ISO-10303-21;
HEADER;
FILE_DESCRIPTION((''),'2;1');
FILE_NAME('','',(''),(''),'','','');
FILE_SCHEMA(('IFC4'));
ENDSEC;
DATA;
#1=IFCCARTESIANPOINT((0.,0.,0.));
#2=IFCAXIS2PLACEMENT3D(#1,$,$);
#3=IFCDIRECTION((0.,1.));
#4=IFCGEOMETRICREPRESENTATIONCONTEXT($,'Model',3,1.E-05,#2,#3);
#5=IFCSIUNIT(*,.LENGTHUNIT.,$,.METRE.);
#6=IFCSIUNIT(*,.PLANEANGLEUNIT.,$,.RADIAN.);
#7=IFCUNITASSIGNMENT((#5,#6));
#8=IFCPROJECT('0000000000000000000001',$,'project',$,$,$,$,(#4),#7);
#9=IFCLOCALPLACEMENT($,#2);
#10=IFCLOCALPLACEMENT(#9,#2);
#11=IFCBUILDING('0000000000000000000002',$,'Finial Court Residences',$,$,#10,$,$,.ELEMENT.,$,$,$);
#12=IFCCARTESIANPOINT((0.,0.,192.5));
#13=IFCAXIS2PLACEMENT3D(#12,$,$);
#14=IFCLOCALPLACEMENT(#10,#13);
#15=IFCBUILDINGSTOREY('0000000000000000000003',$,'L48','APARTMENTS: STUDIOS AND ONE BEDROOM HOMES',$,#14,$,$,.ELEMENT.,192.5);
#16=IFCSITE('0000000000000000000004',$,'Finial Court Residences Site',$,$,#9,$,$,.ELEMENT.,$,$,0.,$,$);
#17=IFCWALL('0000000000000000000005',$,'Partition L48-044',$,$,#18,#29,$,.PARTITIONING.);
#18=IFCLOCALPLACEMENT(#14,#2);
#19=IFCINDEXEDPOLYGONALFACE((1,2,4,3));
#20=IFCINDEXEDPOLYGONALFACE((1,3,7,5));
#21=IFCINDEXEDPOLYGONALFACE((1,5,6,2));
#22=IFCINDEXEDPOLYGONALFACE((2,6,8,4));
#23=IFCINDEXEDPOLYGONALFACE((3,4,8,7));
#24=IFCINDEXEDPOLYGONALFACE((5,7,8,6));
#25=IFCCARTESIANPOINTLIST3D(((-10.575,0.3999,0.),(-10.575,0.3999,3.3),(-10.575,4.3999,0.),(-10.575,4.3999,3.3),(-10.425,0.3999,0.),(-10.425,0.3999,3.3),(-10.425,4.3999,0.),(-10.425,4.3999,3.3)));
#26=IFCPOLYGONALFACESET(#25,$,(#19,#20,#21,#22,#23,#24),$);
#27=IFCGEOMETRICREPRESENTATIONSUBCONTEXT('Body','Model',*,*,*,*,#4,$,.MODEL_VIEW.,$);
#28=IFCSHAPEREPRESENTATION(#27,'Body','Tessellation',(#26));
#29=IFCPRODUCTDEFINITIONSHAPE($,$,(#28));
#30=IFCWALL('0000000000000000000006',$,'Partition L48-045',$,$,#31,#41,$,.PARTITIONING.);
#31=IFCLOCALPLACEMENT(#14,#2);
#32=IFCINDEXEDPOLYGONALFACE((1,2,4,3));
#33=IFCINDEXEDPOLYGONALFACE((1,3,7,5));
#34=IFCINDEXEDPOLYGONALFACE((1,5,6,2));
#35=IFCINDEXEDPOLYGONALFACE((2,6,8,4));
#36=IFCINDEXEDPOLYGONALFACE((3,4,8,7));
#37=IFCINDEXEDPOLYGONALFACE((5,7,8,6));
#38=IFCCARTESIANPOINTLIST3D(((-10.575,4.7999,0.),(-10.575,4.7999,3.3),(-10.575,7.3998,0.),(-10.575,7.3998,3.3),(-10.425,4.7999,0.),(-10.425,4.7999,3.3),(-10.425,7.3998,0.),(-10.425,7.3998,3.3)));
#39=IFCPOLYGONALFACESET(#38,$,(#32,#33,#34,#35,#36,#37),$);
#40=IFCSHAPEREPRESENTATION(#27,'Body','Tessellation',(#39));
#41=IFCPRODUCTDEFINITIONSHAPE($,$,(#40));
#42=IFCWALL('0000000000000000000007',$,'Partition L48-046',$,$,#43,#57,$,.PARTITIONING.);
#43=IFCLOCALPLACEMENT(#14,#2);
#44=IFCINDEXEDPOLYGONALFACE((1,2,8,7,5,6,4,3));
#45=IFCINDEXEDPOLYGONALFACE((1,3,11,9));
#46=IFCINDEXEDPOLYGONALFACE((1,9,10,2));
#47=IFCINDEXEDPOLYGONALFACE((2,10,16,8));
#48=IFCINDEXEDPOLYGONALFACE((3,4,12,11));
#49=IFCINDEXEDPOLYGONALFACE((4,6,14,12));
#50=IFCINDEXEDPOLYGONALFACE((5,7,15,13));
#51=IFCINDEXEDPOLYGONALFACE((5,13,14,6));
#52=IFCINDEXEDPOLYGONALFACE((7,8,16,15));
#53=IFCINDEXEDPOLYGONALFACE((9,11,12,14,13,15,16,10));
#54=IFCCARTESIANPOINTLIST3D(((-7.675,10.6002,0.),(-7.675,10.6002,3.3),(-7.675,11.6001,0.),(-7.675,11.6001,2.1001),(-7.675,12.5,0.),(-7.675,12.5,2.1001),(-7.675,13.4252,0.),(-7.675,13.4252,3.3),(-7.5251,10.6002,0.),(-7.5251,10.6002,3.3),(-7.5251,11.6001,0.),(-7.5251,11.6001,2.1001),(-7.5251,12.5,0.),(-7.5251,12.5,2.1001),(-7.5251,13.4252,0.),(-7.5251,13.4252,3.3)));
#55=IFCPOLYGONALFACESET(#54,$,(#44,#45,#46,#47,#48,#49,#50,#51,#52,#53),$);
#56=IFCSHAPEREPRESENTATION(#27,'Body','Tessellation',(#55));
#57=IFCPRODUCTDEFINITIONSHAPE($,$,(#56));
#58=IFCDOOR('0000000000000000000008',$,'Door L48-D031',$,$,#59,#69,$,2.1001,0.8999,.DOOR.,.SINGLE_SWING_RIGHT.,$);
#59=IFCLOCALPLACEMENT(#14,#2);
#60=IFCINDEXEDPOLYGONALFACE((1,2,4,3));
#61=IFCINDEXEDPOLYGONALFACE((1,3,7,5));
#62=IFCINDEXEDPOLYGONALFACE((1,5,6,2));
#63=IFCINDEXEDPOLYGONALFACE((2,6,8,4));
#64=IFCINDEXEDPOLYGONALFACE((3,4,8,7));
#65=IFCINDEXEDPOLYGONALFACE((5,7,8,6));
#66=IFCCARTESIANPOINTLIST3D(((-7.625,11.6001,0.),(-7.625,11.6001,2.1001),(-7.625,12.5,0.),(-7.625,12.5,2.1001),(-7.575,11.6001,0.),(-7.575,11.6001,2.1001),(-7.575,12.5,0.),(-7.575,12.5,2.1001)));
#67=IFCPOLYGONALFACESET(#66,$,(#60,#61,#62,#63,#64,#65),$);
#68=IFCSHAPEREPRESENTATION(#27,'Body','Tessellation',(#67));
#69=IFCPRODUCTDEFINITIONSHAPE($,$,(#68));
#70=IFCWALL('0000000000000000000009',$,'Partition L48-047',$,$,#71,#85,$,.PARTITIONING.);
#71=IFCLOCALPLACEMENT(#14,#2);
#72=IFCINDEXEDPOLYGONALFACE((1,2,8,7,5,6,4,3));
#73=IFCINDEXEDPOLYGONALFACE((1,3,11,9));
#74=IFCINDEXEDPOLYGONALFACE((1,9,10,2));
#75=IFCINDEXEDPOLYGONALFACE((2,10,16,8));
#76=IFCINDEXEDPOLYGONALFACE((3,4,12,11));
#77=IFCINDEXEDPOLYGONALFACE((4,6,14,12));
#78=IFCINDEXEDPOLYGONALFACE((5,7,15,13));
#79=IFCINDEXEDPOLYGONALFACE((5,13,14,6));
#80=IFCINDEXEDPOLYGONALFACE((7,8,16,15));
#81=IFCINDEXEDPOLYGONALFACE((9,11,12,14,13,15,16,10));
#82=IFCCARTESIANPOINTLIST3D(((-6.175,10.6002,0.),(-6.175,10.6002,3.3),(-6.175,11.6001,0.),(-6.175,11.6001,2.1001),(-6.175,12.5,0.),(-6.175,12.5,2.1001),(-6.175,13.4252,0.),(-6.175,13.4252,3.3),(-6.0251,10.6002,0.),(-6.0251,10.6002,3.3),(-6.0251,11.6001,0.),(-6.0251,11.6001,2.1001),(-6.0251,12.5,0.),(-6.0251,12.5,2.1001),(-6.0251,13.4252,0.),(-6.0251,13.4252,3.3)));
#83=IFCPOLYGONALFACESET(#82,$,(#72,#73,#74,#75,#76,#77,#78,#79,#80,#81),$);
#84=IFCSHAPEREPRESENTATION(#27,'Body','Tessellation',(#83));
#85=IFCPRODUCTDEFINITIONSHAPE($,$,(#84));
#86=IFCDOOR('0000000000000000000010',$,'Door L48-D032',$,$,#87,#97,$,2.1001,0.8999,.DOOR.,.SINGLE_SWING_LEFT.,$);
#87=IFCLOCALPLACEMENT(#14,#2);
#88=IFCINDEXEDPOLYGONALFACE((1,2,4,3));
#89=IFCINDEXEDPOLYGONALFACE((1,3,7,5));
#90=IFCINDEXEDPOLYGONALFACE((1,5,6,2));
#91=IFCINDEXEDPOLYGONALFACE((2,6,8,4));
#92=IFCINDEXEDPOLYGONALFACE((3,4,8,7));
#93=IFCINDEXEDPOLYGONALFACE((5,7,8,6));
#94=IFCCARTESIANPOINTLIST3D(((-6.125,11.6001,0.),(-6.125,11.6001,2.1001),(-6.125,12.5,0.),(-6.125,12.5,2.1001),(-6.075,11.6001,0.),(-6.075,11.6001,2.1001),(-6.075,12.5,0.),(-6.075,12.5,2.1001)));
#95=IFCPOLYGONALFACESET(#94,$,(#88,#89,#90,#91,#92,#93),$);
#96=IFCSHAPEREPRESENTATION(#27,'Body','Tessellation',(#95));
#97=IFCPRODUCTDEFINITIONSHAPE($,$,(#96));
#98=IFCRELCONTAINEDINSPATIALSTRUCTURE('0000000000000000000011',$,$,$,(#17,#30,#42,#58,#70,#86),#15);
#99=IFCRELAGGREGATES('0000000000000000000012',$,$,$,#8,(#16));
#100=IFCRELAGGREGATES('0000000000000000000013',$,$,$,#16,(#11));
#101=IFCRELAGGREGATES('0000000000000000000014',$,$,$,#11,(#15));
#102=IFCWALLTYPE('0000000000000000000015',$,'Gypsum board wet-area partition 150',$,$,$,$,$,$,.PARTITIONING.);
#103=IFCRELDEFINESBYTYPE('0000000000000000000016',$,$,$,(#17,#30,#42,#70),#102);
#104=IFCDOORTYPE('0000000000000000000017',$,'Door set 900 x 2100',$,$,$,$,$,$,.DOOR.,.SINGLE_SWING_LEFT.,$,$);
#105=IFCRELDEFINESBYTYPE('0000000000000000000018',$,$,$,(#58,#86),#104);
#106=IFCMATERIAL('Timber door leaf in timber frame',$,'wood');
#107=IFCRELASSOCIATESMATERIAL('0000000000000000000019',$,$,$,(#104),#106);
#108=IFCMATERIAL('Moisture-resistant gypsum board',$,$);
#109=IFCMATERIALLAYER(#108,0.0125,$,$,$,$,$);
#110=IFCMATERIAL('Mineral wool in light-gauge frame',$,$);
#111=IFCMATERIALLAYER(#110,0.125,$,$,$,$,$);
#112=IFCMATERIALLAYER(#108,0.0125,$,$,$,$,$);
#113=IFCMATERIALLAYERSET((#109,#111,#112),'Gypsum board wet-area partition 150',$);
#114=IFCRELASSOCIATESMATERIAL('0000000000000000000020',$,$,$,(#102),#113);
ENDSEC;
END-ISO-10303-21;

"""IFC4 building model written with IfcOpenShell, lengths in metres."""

from ifc_helpers import new_model, si_unit, direction, frame, frame_2d, origin, place, context, subcontext, project, spatial, rectangle, extrude, material, layer, layer_set, type_object, element, fill, save


model = new_model("IFC4")

# Units and contexts
model_context = context("Model", 3, precision=1e-05, world=origin(), true_north=direction((0.0, 1.0)))
body_context = subcontext(model_context, "Body", "Model", "MODEL_VIEW")
ifc_project = project(units=[si_unit("LENGTHUNIT", "METRE"), si_unit("PLANEANGLEUNIT", "RADIAN")], contexts=[model_context])

# Site, building, storey
site_placement = place(None, origin())
site = spatial("IfcSite", under=ifc_project, at=site_placement, Name="Finial Court Residences Site", CompositionType="ELEMENT", RefElevation=0.0)
building_placement = place(site_placement, origin())
building = spatial("IfcBuilding", under=site, at=building_placement, Name="Finial Court Residences", CompositionType="ELEMENT")
storey_placement = place(building_placement, frame((0.0, 0.0, 192.5)))
storey = spatial("IfcBuildingStorey", under=building, at=storey_placement, Name="L48", Description="APARTMENTS: STUDIOS AND ONE BEDROOM HOMES", CompositionType="ELEMENT", Elevation=192.5)

# Shared definitions
ifc_material_1 = material(Name="Mineral wool in light-gauge frame")
ifc_material_2 = material(Name="Timber door leaf in timber frame", Category="wood")
door_type = type_object("IfcDoorType", Name="Door set 900 x 2100", OperationType="SINGLE_SWING_LEFT", PredefinedType="DOOR", material=ifc_material_2)
ifc_material_3 = material(Name="Moisture-resistant gypsum board")
ifc_layer_1 = layer(ifc_material_3, 0.0125)
ifc_layer_2 = layer(ifc_material_1, 0.125)
ifc_layer_3 = layer(ifc_material_3, 0.0125)
ifc_layer_set_1 = layer_set([ifc_layer_1, ifc_layer_2, ifc_layer_3], Name="Gypsum board wet-area partition 150")
wall_type_1 = type_object("IfcWallType", Name="Gypsum board wet-area partition 150", PredefinedType="PARTITIONING", material=ifc_layer_set_1)

# Walls
wall_1_placement = place(storey_placement, frame((-10.5, 0.3999, 0.0), z_axis=(0.0, 0.0, 1.0), x_axis=(0.0, 1.0, 0.0)))
element("IfcWall", 1, at=wall_1_placement, inside=storey, type_object=wall_type_1, Name="Partition L48-044", PredefinedType="PARTITIONING", context=body_context, shape_type="SweptSolid", body=[
    extrude(rectangle(XDim=4.0, YDim=0.1499, at=frame_2d((2.0, 0.0))), origin(), (0.0, 0.0, 1.0), 3.3),
])
wall_2_placement = place(storey_placement, frame((-10.5, 4.8, 0.0), z_axis=(0.0, 0.0, 1.0), x_axis=(0.0, 1.0, 0.0)))
element("IfcWall", 2, at=wall_2_placement, inside=storey, type_object=wall_type_1, Name="Partition L48-045", PredefinedType="PARTITIONING", context=body_context, shape_type="SweptSolid", body=[
    extrude(rectangle(XDim=2.5999, YDim=0.1499, at=frame_2d((1.2998, 0.0))), origin(), (0.0, 0.0, 1.0), 3.3),
])

# Walls, openings, doors
wall_3_placement = place(storey_placement, frame((-7.6001, 10.6001, 0.0), z_axis=(0.0, 0.0, 1.0), x_axis=(0.0, 1.0, 0.0)))
wall_3 = element("IfcWall", 3, at=wall_3_placement, inside=storey, type_object=wall_type_1, Name="Partition L48-046", PredefinedType="PARTITIONING", context=body_context, shape_type="SweptSolid", body=[
    extrude(rectangle(XDim=2.825, YDim=0.1499, at=frame_2d((1.4126, 0.0))), origin(), (0.0, 0.0, 1.0), 3.3),
])
opening_1_placement = place(wall_3_placement, frame((1.0, 0.0, 0.0)))
opening_1 = element("IfcOpeningElement", 4, at=opening_1_placement, cuts=wall_3, PredefinedType="OPENING", context=body_context, shape_type="SweptSolid", body=[
    extrude(rectangle(XDim=0.8999, YDim=2.1001, at=frame_2d((0.45, 1.05))), frame((0.0, 0.085, 0.0), z_axis=(0.0, -1.0, 0.0), x_axis=(1.0, 0.0, 0.0)), (0.0, 0.0, 1.0), 0.1699),
])
door_1_placement = place(opening_1_placement, origin())
door_1 = element("IfcDoor", 5, at=door_1_placement, inside=storey, type_object=door_type, Name="Door L48-D031", OperationType="SINGLE_SWING_RIGHT", OverallHeight=2.1001, OverallWidth=0.8999, PredefinedType="DOOR", context=body_context, shape_type="SweptSolid", body=[
    extrude(rectangle(XDim=0.8999, YDim=2.1001, at=frame_2d((0.45, 1.05))), frame((0.0, 0.0249, 0.0), z_axis=(0.0, -1.0, 0.0), x_axis=(1.0, 0.0, 0.0)), (0.0, 0.0, 1.0), 0.05),
])
fill(opening_1, door_1)
wall_4_placement = place(storey_placement, frame((-6.1001, 10.6001, 0.0), z_axis=(0.0, 0.0, 1.0), x_axis=(0.0, 1.0, 0.0)))
wall_4 = element("IfcWall", 6, at=wall_4_placement, inside=storey, type_object=wall_type_1, Name="Partition L48-047", PredefinedType="PARTITIONING", context=body_context, shape_type="SweptSolid", body=[
    extrude(rectangle(XDim=2.825, YDim=0.1499, at=frame_2d((1.4126, 0.0))), origin(), (0.0, 0.0, 1.0), 3.3),
])
opening_2_placement = place(wall_4_placement, frame((1.0, 0.0, 0.0)))
opening_2 = element("IfcOpeningElement", 7, at=opening_2_placement, cuts=wall_4, PredefinedType="OPENING", context=body_context, shape_type="SweptSolid", body=[
    extrude(rectangle(XDim=0.8999, YDim=2.1001, at=frame_2d((0.45, 1.05))), frame((0.0, 0.085, 0.0), z_axis=(0.0, -1.0, 0.0), x_axis=(1.0, 0.0, 0.0)), (0.0, 0.0, 1.0), 0.1699),
])
door_2_placement = place(opening_2_placement, origin())
door_2 = element("IfcDoor", 8, at=door_2_placement, inside=storey, type_object=door_type, Name="Door L48-D032", OperationType="SINGLE_SWING_LEFT", OverallHeight=2.1001, OverallWidth=0.8999, PredefinedType="DOOR", context=body_context, shape_type="SweptSolid", body=[
    extrude(rectangle(XDim=0.8999, YDim=2.1001, at=frame_2d((0.45, 1.05))), frame((0.0, 0.0249, 0.0), z_axis=(0.0, -1.0, 0.0), x_axis=(1.0, 0.0, 0.0)), (0.0, 0.0, 1.0), 0.05),
])
fill(opening_2, door_2)

save(model, "model.ifc")
